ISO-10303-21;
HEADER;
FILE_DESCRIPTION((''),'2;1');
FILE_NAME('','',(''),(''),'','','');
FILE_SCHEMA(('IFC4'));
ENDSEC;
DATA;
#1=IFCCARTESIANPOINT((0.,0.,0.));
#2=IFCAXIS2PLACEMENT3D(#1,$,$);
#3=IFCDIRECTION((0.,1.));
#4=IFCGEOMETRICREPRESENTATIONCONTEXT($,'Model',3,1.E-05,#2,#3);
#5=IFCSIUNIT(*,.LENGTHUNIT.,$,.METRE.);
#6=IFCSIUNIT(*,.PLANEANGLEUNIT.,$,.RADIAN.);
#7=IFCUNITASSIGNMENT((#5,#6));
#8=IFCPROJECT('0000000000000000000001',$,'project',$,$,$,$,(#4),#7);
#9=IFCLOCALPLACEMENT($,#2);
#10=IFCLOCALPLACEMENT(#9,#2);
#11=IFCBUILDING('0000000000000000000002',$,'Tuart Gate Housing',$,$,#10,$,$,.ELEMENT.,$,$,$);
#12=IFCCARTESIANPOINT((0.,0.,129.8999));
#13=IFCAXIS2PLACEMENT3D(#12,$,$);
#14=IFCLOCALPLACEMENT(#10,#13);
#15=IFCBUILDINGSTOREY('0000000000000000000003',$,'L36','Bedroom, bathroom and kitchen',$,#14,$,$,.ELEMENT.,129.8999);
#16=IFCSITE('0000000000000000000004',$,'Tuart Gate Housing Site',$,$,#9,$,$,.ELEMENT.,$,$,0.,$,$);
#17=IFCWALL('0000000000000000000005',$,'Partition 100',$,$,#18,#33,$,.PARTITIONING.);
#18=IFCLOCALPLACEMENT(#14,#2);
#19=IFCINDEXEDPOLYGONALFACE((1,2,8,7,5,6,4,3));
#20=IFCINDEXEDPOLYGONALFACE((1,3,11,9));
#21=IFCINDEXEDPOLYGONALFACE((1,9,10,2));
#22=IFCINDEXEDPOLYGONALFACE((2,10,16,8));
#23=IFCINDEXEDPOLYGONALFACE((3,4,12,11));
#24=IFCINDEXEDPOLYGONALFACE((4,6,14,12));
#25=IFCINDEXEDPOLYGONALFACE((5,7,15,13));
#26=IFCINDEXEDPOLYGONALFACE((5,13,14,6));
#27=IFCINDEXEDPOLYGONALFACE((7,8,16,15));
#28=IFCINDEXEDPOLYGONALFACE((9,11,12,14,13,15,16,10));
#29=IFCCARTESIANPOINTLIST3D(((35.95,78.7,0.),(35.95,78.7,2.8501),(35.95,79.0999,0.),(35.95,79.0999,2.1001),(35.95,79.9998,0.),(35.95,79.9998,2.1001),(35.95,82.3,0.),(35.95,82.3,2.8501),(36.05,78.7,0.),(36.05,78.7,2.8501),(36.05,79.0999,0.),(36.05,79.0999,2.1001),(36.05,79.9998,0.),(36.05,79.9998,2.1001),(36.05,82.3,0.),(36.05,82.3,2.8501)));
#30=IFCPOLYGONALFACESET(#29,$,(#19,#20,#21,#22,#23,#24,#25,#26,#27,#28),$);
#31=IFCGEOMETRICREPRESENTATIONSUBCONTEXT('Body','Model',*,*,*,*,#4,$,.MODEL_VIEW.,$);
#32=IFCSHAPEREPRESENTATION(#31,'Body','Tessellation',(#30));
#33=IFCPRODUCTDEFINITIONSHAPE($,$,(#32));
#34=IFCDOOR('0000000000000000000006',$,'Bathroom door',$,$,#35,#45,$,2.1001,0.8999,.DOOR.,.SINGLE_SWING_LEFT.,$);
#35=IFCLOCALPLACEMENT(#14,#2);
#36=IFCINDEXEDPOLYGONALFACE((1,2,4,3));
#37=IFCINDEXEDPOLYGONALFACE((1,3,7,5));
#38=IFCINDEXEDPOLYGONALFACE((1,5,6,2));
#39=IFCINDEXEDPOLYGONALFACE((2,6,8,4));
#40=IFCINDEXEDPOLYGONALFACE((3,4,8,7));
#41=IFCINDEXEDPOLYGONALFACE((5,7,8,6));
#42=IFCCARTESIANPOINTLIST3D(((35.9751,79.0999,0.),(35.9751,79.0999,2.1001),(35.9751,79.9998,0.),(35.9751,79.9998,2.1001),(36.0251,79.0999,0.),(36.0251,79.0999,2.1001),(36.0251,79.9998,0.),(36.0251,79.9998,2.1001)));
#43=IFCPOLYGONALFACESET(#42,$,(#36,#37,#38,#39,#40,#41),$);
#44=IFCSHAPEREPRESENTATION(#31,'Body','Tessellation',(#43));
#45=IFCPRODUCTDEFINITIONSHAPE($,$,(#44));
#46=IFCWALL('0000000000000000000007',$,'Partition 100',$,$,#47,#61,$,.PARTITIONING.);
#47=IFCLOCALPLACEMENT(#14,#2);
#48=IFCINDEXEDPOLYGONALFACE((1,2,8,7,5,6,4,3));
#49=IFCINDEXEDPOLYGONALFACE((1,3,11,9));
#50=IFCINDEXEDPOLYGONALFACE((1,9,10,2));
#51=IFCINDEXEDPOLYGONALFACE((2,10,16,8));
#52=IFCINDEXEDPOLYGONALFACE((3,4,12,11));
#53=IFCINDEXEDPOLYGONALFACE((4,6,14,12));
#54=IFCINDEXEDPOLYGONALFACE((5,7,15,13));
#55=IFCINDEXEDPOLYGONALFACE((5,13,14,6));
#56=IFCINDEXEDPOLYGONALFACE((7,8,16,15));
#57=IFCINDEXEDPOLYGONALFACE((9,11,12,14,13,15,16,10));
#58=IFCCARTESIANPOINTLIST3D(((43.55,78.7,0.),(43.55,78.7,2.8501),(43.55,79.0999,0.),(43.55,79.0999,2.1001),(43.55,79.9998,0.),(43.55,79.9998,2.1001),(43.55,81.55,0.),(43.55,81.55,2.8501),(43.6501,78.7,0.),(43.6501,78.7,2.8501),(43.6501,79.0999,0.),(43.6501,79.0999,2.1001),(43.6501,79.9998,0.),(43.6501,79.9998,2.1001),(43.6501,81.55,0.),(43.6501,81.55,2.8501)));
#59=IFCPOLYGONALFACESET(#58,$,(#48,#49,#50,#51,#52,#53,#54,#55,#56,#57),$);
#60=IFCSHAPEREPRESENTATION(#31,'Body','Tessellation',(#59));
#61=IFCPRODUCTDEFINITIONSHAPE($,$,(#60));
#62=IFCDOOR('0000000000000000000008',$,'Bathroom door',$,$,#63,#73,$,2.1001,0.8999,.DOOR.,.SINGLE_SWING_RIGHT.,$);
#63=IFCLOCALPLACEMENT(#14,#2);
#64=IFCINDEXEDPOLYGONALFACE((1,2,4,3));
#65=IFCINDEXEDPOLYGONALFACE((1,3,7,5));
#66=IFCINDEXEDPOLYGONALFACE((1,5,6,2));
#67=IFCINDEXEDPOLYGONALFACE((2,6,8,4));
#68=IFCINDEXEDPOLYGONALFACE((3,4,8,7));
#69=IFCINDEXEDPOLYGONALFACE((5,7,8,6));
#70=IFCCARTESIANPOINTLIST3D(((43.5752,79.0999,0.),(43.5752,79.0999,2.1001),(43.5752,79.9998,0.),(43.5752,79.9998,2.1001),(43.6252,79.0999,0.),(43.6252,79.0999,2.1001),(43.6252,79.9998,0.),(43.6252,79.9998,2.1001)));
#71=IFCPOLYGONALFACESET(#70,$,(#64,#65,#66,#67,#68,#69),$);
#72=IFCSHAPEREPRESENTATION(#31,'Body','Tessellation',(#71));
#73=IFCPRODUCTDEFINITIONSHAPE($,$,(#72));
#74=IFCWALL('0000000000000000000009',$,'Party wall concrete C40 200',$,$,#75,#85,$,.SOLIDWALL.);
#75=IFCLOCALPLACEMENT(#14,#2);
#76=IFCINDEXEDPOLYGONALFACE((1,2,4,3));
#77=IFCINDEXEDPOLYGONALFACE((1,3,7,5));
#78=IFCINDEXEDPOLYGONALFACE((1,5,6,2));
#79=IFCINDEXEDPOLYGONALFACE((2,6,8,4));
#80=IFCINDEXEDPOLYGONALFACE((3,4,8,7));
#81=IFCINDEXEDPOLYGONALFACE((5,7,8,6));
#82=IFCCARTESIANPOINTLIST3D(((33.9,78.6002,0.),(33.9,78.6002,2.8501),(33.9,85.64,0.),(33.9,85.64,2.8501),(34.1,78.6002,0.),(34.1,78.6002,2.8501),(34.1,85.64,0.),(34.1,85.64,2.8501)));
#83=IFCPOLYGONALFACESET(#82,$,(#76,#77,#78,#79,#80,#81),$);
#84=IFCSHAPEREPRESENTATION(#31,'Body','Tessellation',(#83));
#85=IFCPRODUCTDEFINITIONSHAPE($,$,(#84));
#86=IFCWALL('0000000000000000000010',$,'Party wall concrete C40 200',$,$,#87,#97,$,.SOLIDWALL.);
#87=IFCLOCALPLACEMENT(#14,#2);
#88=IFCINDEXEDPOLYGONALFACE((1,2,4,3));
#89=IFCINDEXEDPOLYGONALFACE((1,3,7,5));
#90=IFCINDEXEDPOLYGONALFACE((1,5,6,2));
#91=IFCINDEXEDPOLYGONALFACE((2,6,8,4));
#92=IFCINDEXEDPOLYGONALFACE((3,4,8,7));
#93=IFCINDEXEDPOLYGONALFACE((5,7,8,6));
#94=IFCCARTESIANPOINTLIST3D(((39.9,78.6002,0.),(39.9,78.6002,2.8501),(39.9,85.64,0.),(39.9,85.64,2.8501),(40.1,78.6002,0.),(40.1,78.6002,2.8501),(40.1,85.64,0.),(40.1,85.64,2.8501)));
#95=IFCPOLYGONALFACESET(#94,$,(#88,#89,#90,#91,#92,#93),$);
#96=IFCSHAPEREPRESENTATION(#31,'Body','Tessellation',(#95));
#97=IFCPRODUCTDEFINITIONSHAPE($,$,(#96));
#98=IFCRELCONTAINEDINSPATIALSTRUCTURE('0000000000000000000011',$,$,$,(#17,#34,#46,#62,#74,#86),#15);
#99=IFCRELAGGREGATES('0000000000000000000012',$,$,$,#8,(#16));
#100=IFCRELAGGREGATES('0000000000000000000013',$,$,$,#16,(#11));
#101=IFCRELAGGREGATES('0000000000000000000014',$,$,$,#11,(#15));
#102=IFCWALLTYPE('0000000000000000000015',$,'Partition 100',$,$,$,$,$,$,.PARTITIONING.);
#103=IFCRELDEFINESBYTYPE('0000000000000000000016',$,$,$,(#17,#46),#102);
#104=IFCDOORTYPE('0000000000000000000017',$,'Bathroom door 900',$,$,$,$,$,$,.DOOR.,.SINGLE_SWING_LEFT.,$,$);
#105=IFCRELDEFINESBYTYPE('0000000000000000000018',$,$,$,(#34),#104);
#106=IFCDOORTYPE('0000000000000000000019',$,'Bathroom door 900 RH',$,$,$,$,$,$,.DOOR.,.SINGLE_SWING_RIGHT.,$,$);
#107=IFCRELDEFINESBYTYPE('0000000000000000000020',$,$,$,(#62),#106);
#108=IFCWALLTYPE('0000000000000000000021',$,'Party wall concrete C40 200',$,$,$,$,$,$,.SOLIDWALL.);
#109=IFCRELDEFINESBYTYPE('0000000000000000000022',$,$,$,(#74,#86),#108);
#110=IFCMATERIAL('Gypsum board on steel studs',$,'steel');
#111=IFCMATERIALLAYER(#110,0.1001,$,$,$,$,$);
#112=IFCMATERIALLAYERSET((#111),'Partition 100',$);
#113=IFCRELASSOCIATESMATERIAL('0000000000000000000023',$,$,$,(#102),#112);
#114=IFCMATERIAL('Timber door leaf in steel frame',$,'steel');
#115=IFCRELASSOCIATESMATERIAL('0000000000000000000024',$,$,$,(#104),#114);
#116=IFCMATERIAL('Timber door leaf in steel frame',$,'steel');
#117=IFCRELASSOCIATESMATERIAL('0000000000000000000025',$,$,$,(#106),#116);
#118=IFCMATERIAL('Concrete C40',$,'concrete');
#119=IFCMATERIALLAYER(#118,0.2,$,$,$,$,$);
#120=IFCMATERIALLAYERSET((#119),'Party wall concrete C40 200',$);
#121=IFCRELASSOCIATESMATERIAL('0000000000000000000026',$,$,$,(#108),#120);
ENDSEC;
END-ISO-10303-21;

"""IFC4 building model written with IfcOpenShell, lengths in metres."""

from ifc_helpers import new_model, si_unit, direction, frame, frame_2d, origin, place, context, subcontext, project, spatial, rectangle, extrude, material, layer, layer_set, type_object, element, fill, save


model = new_model("IFC4")

# Units and contexts
model_context = context("Model", 3, precision=1e-05, world=origin(), true_north=direction((0.0, 1.0)))
body_context = subcontext(model_context, "Body", "Model", "MODEL_VIEW")
ifc_project = project(units=[si_unit("LENGTHUNIT", "METRE"), si_unit("PLANEANGLEUNIT", "RADIAN")], contexts=[model_context])

# Site, building, storey
site_placement = place(None, origin())
site = spatial("IfcSite", under=ifc_project, at=site_placement, Name="Tuart Gate Housing Site", CompositionType="ELEMENT", RefElevation=0.0)
building_placement = place(site_placement, origin())
building = spatial("IfcBuilding", under=site, at=building_placement, Name="Tuart Gate Housing", CompositionType="ELEMENT")
storey_placement = place(building_placement, frame((0.0, 0.0, 129.8999)))
storey = spatial("IfcBuildingStorey", under=building, at=storey_placement, Name="L36", Description="Bedroom, bathroom and kitchen", CompositionType="ELEMENT", Elevation=129.8999)

# Shared definitions
ifc_material_1 = material(Name="Gypsum board on steel studs", Category="steel")
ifc_layer_1 = layer(ifc_material_1, 0.1001)
ifc_layer_set_1 = layer_set([ifc_layer_1], Name="Partition 100")
wall_type_1 = type_object("IfcWallType", Name="Partition 100", PredefinedType="PARTITIONING", material=ifc_layer_set_1)

# Walls, openings, doors
wall_1_placement = place(storey_placement, frame((36.0, 78.7, 0.0), z_axis=(0.0, 0.0, 1.0), x_axis=(0.0, 1.0, 0.0)))
wall_1 = element("IfcWall", 1, at=wall_1_placement, inside=storey, type_object=wall_type_1, Name="Partition 100", PredefinedType="PARTITIONING", context=body_context, shape_type="SweptSolid", body=[
    extrude(rectangle(XDim=3.6001, YDim=0.1001, at=frame_2d((1.8, 0.0))), origin(), (0.0, 0.0, 1.0), 2.8501),
])
opening_1_placement = place(wall_1_placement, frame((0.3999, 0.0, 0.0)))
opening_1 = element("IfcOpeningElement", 2, at=opening_1_placement, cuts=wall_1, PredefinedType="OPENING", context=body_context, shape_type="SweptSolid", body=[
    extrude(rectangle(XDim=0.8999, YDim=2.1001, at=frame_2d((0.45, 1.05))), frame((0.0, 0.0601, 0.0), z_axis=(0.0, -1.0, 0.0), x_axis=(1.0, 0.0, 0.0)), (0.0, 0.0, 1.0), 0.1201),
])
ifc_material_2 = material(Name="Timber door leaf in steel frame", Category="steel")
door_type_1 = type_object("IfcDoorType", Name="Bathroom door 900", OperationType="SINGLE_SWING_LEFT", PredefinedType="DOOR", material=ifc_material_2)
door_1_placement = place(opening_1_placement, origin())
door_1 = element("IfcDoor", 3, at=door_1_placement, inside=storey, type_object=door_type_1, Name="Bathroom door", OperationType="SINGLE_SWING_LEFT", OverallHeight=2.1001, OverallWidth=0.8999, PredefinedType="DOOR", context=body_context, shape_type="SweptSolid", body=[
    extrude(rectangle(XDim=0.8999, YDim=2.1001, at=frame_2d((0.45, 1.05))), frame((0.0, 0.0249, 0.0), z_axis=(0.0, -1.0, 0.0), x_axis=(1.0, 0.0, 0.0)), (0.0, 0.0, 1.0), 0.05),
])
fill(opening_1, door_1)
wall_2_placement = place(storey_placement, frame((43.6001, 78.7, 0.0), z_axis=(0.0, 0.0, 1.0), x_axis=(0.0, 1.0, 0.0)))
wall_2 = element("IfcWall", 4, at=wall_2_placement, inside=storey, type_object=wall_type_1, Name="Partition 100", PredefinedType="PARTITIONING", context=body_context, shape_type="SweptSolid", body=[
    extrude(rectangle(XDim=2.8501, YDim=0.1001, at=frame_2d((1.425, 0.0))), origin(), (0.0, 0.0, 1.0), 2.8501),
])
opening_2_placement = place(wall_2_placement, frame((0.3999, 0.0, 0.0)))
opening_2 = element("IfcOpeningElement", 5, at=opening_2_placement, cuts=wall_2, PredefinedType="OPENING", context=body_context, shape_type="SweptSolid", body=[
    extrude(rectangle(XDim=0.8999, YDim=2.1001, at=frame_2d((0.45, 1.05))), frame((0.0, 0.0601, 0.0), z_axis=(0.0, -1.0, 0.0), x_axis=(1.0, 0.0, 0.0)), (0.0, 0.0, 1.0), 0.1201),
])
ifc_material_3 = material(Name="Timber door leaf in steel frame", Category="steel")
door_type_2 = type_object("IfcDoorType", Name="Bathroom door 900 RH", OperationType="SINGLE_SWING_RIGHT", PredefinedType="DOOR", material=ifc_material_3)
door_2_placement = place(opening_2_placement, frame((0.8999, 0.0, 0.0), z_axis=(0.0, 0.0, 1.0), x_axis=(-1.0, 0.0, 0.0)))
door_2 = element("IfcDoor", 6, at=door_2_placement, inside=storey, type_object=door_type_2, Name="Bathroom door", OperationType="SINGLE_SWING_RIGHT", OverallHeight=2.1001, OverallWidth=0.8999, PredefinedType="DOOR", context=body_context, shape_type="SweptSolid", body=[
    extrude(rectangle(XDim=0.8999, YDim=2.1001, at=frame_2d((0.45, 1.05))), frame((0.0, 0.0251, 0.0), z_axis=(0.0, -1.0, 0.0), x_axis=(1.0, 0.0, 0.0)), (0.0, 0.0, 1.0), 0.05),
])
fill(opening_2, door_2)

# Walls
ifc_material_4 = material(Name="Concrete C40", Category="concrete")
ifc_layer_2 = layer(ifc_material_4, 0.2)
ifc_layer_set_2 = layer_set([ifc_layer_2], Name="Party wall concrete C40 200")
wall_type_2 = type_object("IfcWallType", Name="Party wall concrete C40 200", PredefinedType="SOLIDWALL", material=ifc_layer_set_2)
for number, where, z_axis, x_axis, name in (
    (7, (34.0, 78.6001, 0.0), (0.0, 0.0, 1.0), (0.0, 1.0, 0.0), "Party wall concrete C40 200"),
    (8, (40.0, 78.6001, 0.0), (0.0, 0.0, 1.0), (0.0, 1.0, 0.0), "Party wall concrete C40 200"),
):
    element("IfcWall", number, at=place(storey_placement, frame(where, z_axis=z_axis, x_axis=x_axis)), inside=storey, type_object=wall_type_2, Name=name, PredefinedType="SOLIDWALL", context=body_context, shape_type="SweptSolid", body=[
        extrude(rectangle(XDim=7.0398, YDim=0.2, at=frame_2d((3.52, 0.0))), origin(), (0.0, 0.0, 1.0), 2.8501),
    ])

save(model, "model.ifc")
